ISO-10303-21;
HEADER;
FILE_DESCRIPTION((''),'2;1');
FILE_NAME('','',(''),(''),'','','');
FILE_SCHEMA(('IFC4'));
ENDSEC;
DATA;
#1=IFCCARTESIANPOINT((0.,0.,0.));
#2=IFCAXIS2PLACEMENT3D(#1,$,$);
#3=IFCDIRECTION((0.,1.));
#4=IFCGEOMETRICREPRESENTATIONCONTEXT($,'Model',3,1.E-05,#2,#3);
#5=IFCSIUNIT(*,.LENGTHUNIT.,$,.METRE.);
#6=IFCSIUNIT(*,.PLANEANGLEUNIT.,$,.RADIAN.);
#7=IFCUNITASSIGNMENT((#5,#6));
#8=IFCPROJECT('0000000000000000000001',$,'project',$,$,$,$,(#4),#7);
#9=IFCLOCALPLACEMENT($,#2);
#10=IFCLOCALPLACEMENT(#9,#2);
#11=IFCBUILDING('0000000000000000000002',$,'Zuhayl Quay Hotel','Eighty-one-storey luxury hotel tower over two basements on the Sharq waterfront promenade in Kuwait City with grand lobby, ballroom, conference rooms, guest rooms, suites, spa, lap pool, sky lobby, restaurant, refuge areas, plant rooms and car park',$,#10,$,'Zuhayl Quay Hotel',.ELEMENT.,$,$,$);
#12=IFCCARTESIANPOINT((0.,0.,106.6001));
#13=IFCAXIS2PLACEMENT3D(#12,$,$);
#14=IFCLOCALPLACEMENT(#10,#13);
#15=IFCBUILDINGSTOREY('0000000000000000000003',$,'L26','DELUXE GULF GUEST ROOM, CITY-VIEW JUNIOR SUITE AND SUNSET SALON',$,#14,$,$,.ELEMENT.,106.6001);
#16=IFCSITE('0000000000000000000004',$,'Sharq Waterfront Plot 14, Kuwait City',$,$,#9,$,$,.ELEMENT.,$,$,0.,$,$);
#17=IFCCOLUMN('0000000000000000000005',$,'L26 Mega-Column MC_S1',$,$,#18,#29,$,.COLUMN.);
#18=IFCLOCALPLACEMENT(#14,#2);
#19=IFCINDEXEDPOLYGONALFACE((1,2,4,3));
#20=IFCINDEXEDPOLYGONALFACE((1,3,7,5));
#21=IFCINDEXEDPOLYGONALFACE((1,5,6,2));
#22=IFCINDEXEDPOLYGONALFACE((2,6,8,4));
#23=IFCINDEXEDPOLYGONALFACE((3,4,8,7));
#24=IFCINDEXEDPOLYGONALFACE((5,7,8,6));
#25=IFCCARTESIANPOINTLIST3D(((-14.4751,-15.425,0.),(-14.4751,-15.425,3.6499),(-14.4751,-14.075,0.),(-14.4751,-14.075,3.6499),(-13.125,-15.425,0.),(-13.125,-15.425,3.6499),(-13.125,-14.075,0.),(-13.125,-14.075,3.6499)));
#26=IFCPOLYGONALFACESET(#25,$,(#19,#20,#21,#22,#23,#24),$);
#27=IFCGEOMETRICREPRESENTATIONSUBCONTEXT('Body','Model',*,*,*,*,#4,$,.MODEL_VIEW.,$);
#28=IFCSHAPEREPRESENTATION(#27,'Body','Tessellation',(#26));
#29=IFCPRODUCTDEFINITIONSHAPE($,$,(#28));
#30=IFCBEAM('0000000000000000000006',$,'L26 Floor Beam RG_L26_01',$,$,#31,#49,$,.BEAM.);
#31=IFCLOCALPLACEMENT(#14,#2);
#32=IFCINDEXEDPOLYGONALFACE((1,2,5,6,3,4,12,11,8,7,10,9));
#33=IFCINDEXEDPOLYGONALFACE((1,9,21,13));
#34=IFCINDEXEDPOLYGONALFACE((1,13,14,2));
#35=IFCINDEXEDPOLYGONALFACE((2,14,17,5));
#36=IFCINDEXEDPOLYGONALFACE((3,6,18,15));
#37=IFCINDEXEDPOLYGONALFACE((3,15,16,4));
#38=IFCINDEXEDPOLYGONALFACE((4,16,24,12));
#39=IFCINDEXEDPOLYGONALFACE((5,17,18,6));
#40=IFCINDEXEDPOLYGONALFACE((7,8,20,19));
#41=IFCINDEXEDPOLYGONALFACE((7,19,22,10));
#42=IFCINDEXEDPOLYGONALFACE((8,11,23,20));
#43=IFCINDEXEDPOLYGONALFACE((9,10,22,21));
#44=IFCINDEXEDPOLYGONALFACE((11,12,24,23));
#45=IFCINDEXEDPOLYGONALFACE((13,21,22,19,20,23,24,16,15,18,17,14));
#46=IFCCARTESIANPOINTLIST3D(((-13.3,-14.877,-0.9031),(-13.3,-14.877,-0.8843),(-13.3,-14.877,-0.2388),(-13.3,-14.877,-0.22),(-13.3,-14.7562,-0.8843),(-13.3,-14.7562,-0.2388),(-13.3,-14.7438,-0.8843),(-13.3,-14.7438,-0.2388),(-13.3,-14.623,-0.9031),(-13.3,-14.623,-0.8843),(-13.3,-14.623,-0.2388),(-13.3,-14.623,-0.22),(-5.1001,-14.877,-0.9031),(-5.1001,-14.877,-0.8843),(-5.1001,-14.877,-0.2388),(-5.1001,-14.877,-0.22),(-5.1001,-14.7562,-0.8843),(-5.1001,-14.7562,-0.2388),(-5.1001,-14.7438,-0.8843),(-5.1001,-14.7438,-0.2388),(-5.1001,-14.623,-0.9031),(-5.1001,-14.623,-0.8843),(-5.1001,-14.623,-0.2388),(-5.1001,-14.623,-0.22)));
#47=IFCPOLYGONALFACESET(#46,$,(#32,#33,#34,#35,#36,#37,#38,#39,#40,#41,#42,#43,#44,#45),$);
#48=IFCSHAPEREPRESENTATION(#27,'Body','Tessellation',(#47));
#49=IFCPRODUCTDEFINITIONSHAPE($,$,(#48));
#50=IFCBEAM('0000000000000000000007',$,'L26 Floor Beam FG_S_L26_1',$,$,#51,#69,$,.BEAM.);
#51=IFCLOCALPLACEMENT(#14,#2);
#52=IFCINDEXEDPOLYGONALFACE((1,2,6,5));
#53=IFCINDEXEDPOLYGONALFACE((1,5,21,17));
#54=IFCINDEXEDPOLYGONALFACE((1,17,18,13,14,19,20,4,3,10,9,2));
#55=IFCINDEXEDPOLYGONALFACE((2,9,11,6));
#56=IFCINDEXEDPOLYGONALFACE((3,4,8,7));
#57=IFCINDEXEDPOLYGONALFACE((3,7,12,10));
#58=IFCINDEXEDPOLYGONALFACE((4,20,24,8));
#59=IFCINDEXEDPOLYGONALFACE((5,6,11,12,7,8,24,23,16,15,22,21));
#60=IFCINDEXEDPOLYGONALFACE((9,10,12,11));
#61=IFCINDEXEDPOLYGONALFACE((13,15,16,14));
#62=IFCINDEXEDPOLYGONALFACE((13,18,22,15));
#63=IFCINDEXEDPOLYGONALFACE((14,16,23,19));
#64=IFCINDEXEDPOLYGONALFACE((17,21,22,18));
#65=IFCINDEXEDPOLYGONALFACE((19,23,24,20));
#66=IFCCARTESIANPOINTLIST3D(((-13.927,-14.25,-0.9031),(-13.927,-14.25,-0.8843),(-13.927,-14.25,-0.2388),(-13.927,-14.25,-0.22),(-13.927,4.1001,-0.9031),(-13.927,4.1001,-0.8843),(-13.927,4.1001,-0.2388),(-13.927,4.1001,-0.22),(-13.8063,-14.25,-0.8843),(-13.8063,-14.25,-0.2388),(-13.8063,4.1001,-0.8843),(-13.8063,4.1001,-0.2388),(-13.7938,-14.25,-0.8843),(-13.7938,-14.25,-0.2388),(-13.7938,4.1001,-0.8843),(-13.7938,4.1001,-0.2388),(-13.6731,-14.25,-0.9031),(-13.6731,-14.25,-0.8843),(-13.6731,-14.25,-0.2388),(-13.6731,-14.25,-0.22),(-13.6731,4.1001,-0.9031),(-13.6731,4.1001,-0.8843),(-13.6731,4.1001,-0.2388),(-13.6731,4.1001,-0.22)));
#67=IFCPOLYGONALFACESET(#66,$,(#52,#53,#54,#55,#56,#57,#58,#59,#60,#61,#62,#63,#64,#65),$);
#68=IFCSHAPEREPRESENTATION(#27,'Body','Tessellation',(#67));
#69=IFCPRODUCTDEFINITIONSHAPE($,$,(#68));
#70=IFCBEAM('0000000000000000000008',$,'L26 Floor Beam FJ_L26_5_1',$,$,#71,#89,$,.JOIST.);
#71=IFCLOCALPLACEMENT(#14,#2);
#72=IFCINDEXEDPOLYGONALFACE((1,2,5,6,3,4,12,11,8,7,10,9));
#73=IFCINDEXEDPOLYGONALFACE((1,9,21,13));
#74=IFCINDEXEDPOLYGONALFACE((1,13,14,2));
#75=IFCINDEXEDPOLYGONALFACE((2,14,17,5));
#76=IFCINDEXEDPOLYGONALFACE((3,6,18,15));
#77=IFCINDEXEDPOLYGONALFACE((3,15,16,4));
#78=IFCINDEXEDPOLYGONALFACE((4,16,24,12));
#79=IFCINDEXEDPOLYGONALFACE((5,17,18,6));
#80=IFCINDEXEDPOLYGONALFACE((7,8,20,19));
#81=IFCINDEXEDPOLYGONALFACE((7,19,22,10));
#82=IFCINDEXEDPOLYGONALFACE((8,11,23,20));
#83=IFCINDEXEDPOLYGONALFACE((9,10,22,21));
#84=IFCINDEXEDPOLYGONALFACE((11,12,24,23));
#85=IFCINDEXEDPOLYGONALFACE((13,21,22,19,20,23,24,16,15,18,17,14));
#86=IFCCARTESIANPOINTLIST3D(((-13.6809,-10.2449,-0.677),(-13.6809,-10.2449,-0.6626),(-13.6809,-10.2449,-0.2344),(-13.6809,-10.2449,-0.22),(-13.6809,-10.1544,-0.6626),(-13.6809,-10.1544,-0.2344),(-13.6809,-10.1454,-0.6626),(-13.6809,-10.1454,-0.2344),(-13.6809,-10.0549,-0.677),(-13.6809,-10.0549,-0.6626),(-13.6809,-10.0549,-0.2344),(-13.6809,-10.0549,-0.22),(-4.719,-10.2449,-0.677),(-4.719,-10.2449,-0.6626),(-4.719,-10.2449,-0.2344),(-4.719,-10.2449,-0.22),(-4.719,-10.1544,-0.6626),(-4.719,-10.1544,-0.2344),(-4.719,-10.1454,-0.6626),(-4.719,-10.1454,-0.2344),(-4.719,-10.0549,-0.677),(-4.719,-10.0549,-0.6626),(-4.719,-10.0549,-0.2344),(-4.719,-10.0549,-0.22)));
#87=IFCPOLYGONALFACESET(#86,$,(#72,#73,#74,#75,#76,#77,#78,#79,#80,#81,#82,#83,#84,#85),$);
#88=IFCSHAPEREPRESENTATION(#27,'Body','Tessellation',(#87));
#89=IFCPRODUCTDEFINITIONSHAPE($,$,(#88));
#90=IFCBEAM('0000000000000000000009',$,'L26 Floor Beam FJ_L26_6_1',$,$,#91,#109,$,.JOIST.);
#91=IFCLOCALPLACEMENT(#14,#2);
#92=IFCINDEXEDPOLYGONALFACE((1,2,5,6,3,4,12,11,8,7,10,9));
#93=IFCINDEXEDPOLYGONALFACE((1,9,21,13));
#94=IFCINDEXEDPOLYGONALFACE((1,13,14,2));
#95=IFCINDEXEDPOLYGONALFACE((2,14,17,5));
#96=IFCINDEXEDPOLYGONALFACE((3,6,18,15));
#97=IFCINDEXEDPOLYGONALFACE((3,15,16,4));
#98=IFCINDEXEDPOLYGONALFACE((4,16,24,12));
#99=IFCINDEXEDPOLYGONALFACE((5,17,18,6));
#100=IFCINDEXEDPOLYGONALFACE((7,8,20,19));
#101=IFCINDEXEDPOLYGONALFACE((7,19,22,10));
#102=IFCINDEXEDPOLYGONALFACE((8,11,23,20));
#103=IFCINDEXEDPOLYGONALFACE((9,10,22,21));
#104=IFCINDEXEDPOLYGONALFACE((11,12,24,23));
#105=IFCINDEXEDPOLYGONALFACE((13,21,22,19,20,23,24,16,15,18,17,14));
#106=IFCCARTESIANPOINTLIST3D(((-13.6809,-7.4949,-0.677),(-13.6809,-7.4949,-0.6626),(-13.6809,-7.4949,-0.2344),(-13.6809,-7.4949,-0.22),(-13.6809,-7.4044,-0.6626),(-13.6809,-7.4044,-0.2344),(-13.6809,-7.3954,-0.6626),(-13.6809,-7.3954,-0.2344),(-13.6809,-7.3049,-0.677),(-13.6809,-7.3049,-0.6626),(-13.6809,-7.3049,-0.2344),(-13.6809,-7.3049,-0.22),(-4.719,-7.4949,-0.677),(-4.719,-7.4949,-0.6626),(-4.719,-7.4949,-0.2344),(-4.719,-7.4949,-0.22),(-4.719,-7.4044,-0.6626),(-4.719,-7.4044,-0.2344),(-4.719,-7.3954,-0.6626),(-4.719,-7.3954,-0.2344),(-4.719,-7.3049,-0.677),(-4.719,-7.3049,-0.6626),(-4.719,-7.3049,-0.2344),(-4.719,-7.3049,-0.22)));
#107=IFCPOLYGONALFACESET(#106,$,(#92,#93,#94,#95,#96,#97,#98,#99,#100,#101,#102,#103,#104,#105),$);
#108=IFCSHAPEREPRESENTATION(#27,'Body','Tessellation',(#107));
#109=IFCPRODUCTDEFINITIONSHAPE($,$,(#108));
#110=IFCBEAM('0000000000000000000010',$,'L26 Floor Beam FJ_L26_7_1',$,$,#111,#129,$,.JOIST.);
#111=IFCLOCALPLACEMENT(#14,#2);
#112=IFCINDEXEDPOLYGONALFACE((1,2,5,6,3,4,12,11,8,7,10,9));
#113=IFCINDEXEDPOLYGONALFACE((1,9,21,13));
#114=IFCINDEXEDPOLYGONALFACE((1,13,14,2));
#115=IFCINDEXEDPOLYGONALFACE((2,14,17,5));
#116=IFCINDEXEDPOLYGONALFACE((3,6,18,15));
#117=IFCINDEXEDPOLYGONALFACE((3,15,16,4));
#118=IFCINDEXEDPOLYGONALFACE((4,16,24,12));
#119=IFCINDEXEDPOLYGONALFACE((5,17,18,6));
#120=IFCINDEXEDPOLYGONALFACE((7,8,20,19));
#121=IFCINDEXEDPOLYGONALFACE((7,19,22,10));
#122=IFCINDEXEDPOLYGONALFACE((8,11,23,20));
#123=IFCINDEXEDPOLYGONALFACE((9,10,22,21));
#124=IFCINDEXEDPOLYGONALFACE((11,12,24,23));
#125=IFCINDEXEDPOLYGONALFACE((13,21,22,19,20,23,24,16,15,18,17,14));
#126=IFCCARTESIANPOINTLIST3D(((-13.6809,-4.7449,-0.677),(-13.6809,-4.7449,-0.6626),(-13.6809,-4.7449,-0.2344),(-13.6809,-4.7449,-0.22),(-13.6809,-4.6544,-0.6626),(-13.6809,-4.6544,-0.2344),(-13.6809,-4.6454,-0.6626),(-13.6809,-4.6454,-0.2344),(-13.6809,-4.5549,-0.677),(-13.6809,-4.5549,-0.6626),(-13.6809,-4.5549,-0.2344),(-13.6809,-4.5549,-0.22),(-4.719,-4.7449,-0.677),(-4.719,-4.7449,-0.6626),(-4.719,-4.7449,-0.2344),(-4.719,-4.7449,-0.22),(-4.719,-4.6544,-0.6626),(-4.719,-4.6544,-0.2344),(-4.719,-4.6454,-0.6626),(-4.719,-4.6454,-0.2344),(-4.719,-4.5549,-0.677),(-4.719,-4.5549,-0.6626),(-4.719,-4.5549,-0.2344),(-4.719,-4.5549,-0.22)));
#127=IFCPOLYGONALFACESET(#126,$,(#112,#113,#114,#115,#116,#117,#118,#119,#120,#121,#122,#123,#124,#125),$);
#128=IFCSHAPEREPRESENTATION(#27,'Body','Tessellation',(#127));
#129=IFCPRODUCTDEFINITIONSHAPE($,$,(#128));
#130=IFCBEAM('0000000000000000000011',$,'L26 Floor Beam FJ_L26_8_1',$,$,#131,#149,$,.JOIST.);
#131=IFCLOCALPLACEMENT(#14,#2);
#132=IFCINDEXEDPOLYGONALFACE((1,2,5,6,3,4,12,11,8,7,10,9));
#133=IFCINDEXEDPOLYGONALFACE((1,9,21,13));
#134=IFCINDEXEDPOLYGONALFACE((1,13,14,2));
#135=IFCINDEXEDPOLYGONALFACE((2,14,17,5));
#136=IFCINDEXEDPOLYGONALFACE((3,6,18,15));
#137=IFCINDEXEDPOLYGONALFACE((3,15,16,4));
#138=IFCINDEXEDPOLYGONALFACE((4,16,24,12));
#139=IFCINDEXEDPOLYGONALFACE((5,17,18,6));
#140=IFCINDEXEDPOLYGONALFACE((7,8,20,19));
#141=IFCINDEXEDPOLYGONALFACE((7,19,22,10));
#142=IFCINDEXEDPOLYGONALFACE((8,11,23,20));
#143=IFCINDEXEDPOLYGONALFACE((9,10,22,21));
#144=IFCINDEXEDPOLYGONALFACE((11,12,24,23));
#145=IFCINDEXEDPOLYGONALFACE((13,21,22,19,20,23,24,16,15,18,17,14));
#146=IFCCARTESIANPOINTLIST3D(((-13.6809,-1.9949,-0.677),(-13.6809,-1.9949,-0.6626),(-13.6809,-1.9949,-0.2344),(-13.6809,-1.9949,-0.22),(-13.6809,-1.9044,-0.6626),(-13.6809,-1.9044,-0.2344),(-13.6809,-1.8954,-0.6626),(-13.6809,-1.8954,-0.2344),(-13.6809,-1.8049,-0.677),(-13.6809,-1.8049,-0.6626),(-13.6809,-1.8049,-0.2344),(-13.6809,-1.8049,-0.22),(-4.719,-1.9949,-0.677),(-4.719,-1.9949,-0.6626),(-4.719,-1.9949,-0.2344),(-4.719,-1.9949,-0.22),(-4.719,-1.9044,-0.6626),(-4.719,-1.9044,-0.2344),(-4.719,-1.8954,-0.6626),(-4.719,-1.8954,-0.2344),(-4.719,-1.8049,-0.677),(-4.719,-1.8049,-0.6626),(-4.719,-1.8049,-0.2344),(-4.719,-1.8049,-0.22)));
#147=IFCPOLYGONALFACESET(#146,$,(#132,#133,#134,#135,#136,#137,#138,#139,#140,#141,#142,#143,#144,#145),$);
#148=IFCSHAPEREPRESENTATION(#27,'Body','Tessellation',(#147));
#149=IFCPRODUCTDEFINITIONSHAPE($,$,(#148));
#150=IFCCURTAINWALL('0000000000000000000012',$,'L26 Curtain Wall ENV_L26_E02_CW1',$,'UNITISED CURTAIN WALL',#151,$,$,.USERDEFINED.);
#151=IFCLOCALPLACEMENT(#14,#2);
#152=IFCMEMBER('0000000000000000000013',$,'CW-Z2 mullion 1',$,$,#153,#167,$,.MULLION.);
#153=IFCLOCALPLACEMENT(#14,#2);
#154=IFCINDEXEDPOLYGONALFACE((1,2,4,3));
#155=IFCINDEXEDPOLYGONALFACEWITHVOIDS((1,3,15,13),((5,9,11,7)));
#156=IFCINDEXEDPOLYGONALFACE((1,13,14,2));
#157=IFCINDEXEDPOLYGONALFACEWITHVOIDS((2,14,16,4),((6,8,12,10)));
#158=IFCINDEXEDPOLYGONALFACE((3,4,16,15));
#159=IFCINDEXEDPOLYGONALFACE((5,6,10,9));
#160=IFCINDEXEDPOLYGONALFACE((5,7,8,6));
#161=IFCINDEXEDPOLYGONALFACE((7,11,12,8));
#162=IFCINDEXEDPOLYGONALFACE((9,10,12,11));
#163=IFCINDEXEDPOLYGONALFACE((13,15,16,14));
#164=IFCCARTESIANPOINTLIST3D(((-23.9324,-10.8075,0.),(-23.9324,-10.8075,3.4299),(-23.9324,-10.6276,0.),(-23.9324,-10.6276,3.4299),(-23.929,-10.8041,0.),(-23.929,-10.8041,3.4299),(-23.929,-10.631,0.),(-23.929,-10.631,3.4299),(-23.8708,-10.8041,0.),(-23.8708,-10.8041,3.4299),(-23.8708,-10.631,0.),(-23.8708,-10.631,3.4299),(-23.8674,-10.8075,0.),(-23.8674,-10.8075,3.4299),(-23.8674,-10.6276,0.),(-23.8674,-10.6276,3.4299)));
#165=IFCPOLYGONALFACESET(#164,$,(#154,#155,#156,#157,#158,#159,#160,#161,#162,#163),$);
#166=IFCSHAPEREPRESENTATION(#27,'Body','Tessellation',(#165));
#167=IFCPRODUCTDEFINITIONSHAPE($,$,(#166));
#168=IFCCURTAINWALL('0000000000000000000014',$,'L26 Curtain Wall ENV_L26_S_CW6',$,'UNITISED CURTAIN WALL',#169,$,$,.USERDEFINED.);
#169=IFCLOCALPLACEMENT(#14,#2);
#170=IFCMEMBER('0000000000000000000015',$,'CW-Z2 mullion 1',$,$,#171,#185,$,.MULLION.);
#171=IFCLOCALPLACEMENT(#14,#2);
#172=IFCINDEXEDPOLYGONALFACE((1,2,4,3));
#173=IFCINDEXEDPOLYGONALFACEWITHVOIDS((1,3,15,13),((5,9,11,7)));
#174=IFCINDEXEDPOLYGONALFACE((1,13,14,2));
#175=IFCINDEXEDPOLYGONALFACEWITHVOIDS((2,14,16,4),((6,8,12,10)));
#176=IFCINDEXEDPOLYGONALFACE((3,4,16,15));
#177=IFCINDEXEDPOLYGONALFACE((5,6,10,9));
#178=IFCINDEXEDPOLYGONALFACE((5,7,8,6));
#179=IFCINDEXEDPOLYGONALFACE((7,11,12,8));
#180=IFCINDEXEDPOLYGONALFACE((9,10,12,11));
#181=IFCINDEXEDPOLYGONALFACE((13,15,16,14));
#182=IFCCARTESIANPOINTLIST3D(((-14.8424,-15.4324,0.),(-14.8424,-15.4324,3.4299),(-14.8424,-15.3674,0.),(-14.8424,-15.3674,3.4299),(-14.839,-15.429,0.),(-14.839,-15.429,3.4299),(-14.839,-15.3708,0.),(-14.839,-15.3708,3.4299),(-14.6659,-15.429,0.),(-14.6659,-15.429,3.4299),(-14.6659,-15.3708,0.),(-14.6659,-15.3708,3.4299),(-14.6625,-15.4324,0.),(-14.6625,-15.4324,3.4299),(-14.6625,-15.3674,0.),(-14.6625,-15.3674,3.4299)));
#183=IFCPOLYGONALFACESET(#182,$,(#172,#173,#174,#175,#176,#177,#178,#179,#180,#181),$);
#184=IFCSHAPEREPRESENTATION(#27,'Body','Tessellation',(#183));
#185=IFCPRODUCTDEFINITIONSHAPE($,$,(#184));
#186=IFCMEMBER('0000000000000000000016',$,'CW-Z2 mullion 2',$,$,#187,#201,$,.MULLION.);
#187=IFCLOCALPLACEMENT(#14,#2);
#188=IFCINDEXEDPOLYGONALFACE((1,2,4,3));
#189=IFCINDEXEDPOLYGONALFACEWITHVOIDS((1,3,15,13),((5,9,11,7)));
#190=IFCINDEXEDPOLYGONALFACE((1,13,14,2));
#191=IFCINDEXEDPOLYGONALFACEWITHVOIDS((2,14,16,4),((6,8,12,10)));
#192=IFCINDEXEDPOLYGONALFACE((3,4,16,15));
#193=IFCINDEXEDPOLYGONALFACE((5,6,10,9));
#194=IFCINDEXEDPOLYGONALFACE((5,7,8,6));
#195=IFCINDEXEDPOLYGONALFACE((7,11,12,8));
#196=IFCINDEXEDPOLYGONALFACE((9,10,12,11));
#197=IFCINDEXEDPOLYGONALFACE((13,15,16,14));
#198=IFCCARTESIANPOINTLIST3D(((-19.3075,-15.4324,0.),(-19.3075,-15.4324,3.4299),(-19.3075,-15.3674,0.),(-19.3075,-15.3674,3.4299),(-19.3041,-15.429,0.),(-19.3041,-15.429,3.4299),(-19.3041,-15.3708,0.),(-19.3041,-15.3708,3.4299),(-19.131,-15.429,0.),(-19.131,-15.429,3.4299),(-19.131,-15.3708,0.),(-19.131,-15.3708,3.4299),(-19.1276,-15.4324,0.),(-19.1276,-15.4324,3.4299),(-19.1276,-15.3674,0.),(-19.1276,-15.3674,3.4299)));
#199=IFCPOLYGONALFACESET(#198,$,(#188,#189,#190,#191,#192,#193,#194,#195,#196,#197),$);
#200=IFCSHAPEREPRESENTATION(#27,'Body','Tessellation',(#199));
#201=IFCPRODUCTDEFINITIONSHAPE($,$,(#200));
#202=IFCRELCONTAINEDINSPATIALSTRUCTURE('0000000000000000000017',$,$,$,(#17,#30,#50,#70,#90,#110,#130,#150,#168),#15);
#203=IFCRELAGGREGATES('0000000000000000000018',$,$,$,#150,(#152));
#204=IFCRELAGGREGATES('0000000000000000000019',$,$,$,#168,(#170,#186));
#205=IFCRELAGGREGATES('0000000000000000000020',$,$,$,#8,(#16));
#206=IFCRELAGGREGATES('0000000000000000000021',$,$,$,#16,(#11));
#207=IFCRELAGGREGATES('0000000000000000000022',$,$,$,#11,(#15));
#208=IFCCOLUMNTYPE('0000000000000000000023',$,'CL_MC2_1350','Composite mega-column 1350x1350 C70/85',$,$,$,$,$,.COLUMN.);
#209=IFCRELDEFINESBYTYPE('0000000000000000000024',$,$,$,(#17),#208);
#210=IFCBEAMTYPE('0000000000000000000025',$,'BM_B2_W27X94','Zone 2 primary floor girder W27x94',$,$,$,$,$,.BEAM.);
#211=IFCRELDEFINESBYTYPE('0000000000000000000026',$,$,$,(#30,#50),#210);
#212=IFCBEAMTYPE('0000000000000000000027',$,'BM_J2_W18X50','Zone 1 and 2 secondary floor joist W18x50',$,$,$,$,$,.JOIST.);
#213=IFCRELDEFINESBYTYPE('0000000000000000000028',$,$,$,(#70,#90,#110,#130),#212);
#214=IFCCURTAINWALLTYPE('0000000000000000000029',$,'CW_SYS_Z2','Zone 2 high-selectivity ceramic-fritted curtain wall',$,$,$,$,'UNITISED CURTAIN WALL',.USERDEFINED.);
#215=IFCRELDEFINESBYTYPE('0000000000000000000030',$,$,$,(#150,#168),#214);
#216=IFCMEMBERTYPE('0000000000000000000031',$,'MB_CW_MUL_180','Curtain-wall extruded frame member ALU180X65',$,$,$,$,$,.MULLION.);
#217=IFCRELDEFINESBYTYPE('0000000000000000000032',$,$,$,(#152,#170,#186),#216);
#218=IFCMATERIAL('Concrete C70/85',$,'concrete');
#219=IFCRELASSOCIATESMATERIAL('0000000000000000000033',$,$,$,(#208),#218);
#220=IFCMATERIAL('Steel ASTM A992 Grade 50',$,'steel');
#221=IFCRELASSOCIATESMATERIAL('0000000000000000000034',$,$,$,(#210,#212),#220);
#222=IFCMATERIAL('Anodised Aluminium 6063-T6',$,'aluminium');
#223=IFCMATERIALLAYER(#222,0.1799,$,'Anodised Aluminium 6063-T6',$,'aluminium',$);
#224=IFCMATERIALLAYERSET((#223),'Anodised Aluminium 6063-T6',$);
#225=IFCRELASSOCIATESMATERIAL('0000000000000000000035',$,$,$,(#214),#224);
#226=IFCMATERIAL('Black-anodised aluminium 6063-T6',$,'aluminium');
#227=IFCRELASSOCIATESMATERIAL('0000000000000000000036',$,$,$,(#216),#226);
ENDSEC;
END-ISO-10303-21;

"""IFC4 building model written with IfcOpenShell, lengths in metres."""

from ifc_helpers import new_model, si_unit, direction, frame, origin, origin_2d, place, context, subcontext, project, spatial, rectangle, hollow_rectangle, i_section, extrude, material, layer, layer_set, material_profile, profile_set, type_object, element, aggregate, save


model = new_model("IFC4")

# Units and contexts
model_context = context("Model", 3, precision=1e-05, world=origin(), true_north=direction((0.0, 1.0)))
body_context = subcontext(model_context, "Body", "Model", "MODEL_VIEW")
ifc_project = project(units=[si_unit("LENGTHUNIT", "METRE"), si_unit("PLANEANGLEUNIT", "RADIAN")], contexts=[model_context])

# Site, building, storey
site_placement = place(None, origin())
site = spatial("IfcSite", under=ifc_project, at=site_placement, Name="Sharq Waterfront Plot 14, Kuwait City", CompositionType="ELEMENT", RefElevation=0.0)
building_placement = place(site_placement, origin())
building = spatial("IfcBuilding", under=site, at=building_placement, Name="Zuhayl Quay Hotel", Description="Eighty-one-storey luxury hotel tower over two basements on the Sharq waterfront promenade in Kuwait City with grand lobby, ballroom, conference rooms, guest rooms, suites, spa, lap pool, sky lobby, restaurant, refuge areas, plant rooms and car park", LongName="Zuhayl Quay Hotel", CompositionType="ELEMENT")
storey_placement = place(building_placement, frame((0.0, 0.0, 106.6001)))
storey = spatial("IfcBuildingStorey", under=building, at=storey_placement, Name="L26", Description="DELUXE GULF GUEST ROOM, CITY-VIEW JUNIOR SUITE AND SUNSET SALON", CompositionType="ELEMENT", Elevation=106.6001)

# Column
ifc_material_1 = material(Name="Concrete C70/85", Category="concrete")
ifc_material_profile_1 = material_profile(ifc_material_1, rectangle(XDim=1.3501, YDim=1.3501, at=origin_2d()), Name="RC1350X1350")
ifc_profile_set_1 = profile_set([ifc_material_profile_1], Name="Concrete C70/85")
column_type = type_object("IfcColumnType", Name="CL_MC2_1350", Description="Composite mega-column 1350x1350 C70/85", PredefinedType="COLUMN", material=ifc_profile_set_1)
column_placement = place(storey_placement, frame((-13.8, -14.75, 0.0), z_axis=(0.0, 0.0, 1.0), x_axis=(1.0, 0.0, 0.0)))
element("IfcColumn", 1, at=column_placement, inside=storey, type_object=column_type, Name="L26 Mega-Column MC_S1", PredefinedType="COLUMN", context=body_context, shape_type="SweptSolid", body=[
    extrude(rectangle(XDim=1.3501, YDim=1.3501, at=origin_2d()), origin(), (0.0, 0.0, 1.0), 3.6499),
])

# Beams
ifc_material_2 = material(Name="Steel ASTM A992 Grade 50", Category="steel")
ifc_material_profile_2 = material_profile(ifc_material_2, i_section(OverallWidth=0.2539, OverallDepth=0.6831, WebThickness=0.0125, FlangeThickness=0.0188, at=origin_2d()), Name="W27X94")
ifc_profile_set_2 = profile_set([ifc_material_profile_2], Name="Steel ASTM A992 Grade 50")
beam_type_1 = type_object("IfcBeamType", Name="BM_B2_W27X94", Description="Zone 2 primary floor girder W27x94", PredefinedType="BEAM", material=ifc_profile_set_2)
beam_1_placement = place(storey_placement, frame((-13.3, -14.75, -0.5615), z_axis=(1.0, 0.0, 0.0), x_axis=(0.0, 1.0, 0.0)))
element("IfcBeam", 2, at=beam_1_placement, inside=storey, type_object=beam_type_1, Name="L26 Floor Beam RG_L26_01", PredefinedType="BEAM", context=body_context, shape_type="SweptSolid", body=[
    extrude(i_section(OverallWidth=0.2539, OverallDepth=0.6831, WebThickness=0.0125, FlangeThickness=0.0188, at=origin_2d()), origin(), (0.0, 0.0, 1.0), 8.2),
])
beam_2_placement = place(storey_placement, frame((-13.8, -14.25, -0.5615), z_axis=(0.0, 1.0, 0.0), x_axis=(-1.0, 0.0, 0.0)))
element("IfcBeam", 3, at=beam_2_placement, inside=storey, type_object=beam_type_1, Name="L26 Floor Beam FG_S_L26_1", PredefinedType="BEAM", context=body_context, shape_type="SweptSolid", body=[
    extrude(i_section(OverallWidth=0.2539, OverallDepth=0.6831, WebThickness=0.0125, FlangeThickness=0.0188, at=origin_2d()), origin(), (0.0, 0.0, 1.0), 18.3501),
])
ifc_material_profile_3 = material_profile(ifc_material_2, i_section(OverallWidth=0.1899, OverallDepth=0.457, WebThickness=0.009, FlangeThickness=0.0144, at=origin_2d()), Name="W18X50")
ifc_profile_set_3 = profile_set([ifc_material_profile_3], Name="Steel ASTM A992 Grade 50")
beam_type_2 = type_object("IfcBeamType", Name="BM_J2_W18X50", Description="Zone 1 and 2 secondary floor joist W18x50", PredefinedType="JOIST", material=ifc_profile_set_3)
for number, where, z_axis, x_axis, name in (
    (4, (-13.6809, -10.1499, -0.4485), (1.0, 0.0, 0.0), (0.0, 1.0, 0.0), "L26 Floor Beam FJ_L26_5_1"),
    (5, (-13.6809, -7.3999, -0.4485), (1.0, 0.0, 0.0), (0.0, 1.0, 0.0), "L26 Floor Beam FJ_L26_6_1"),
    (6, (-13.6809, -4.6499, -0.4485), (1.0, 0.0, 0.0), (0.0, 1.0, 0.0), "L26 Floor Beam FJ_L26_7_1"),
    (7, (-13.6809, -1.8999, -0.4485), (1.0, 0.0, 0.0), (0.0, 1.0, 0.0), "L26 Floor Beam FJ_L26_8_1"),
):
    element("IfcBeam", number, at=place(storey_placement, frame(where, z_axis=z_axis, x_axis=x_axis)), inside=storey, type_object=beam_type_2, Name=name, PredefinedType="JOIST", context=body_context, shape_type="SweptSolid", body=[
        extrude(i_section(OverallWidth=0.1899, OverallDepth=0.457, WebThickness=0.009, FlangeThickness=0.0144, at=origin_2d()), origin(), (0.0, 0.0, 1.0), 8.9619),
    ])

# Curtain wall, member
ifc_material_3 = material(Name="Anodised Aluminium 6063-T6", Category="aluminium")
ifc_layer_1 = layer(ifc_material_3, 0.1799, Name="Anodised Aluminium 6063-T6", Category="aluminium")
ifc_layer_set_1 = layer_set([ifc_layer_1], Name="Anodised Aluminium 6063-T6")
curtain_wall_type = type_object("IfcCurtainWallType", Name="CW_SYS_Z2", Description="Zone 2 high-selectivity ceramic-fritted curtain wall", ElementType="UNITISED CURTAIN WALL", PredefinedType="USERDEFINED", material=ifc_layer_set_1)
curtain_wall_1_placement = place(storey_placement, origin())
curtain_wall_1 = element("IfcCurtainWall", 8, at=curtain_wall_1_placement, inside=storey, type_object=curtain_wall_type, Name="L26 Curtain Wall ENV_L26_E02_CW1", ObjectType="UNITISED CURTAIN WALL", PredefinedType="USERDEFINED")
ifc_material_4 = material(Name="Black-anodised aluminium 6063-T6", Category="aluminium")
ifc_material_profile_4 = material_profile(ifc_material_4, hollow_rectangle(XDim=0.0649, YDim=0.1799, WallThickness=0.0034, at=origin_2d()), Name="ALU180X65")
ifc_profile_set_4 = profile_set([ifc_material_profile_4], Name="Black-anodised aluminium 6063-T6")
member_type_1 = type_object("IfcMemberType", Name="MB_CW_MUL_180", Description="Curtain-wall extruded frame member ALU180X65", PredefinedType="MULLION", material=ifc_profile_set_4)
member_1_placement = place(storey_placement, frame((-23.8999, -10.7175, 0.0), z_axis=(0.0, 0.0, 1.0), x_axis=(-1.0, 0.0, 0.0)))
member_1 = element("IfcMember", 9, at=member_1_placement, type_object=member_type_1, Name="CW-Z2 mullion 1", PredefinedType="MULLION", context=body_context, shape_type="SweptSolid", body=[
    extrude(hollow_rectangle(XDim=0.0649, YDim=0.1799, WallThickness=0.0034, at=origin_2d()), origin(), (0.0, 0.0, 1.0), 3.4299),
])

# Curtain wall, members
curtain_wall_2_placement = place(storey_placement, origin())
curtain_wall_2 = element("IfcCurtainWall", 10, at=curtain_wall_2_placement, inside=storey, type_object=curtain_wall_type, Name="L26 Curtain Wall ENV_L26_S_CW6", ObjectType="UNITISED CURTAIN WALL", PredefinedType="USERDEFINED")
member_2_placement = place(storey_placement, frame((-14.7524, -15.3999, 0.0), z_axis=(0.0, 0.0, 1.0), x_axis=(0.0, -1.0, 0.0)))
member_2 = element("IfcMember", 11, at=member_2_placement, type_object=member_type_1, Name="CW-Z2 mullion 1", PredefinedType="MULLION", context=body_context, shape_type="SweptSolid", body=[
    extrude(hollow_rectangle(XDim=0.0649, YDim=0.1799, WallThickness=0.0034, at=origin_2d()), origin(), (0.0, 0.0, 1.0), 3.4299),
])
member_3_placement = place(storey_placement, frame((-19.2175, -15.3999, 0.0), z_axis=(0.0, 0.0, 1.0), x_axis=(0.0, -1.0, 0.0)))
member_3 = element("IfcMember", 12, at=member_3_placement, type_object=member_type_1, Name="CW-Z2 mullion 2", PredefinedType="MULLION", context=body_context, shape_type="SweptSolid", body=[
    extrude(hollow_rectangle(XDim=0.0649, YDim=0.1799, WallThickness=0.0034, at=origin_2d()), origin(), (0.0, 0.0, 1.0), 3.4299),
])

aggregate(curtain_wall_1, [member_1])
aggregate(curtain_wall_2, [member_2, member_3])

save(model, "model.ifc")
